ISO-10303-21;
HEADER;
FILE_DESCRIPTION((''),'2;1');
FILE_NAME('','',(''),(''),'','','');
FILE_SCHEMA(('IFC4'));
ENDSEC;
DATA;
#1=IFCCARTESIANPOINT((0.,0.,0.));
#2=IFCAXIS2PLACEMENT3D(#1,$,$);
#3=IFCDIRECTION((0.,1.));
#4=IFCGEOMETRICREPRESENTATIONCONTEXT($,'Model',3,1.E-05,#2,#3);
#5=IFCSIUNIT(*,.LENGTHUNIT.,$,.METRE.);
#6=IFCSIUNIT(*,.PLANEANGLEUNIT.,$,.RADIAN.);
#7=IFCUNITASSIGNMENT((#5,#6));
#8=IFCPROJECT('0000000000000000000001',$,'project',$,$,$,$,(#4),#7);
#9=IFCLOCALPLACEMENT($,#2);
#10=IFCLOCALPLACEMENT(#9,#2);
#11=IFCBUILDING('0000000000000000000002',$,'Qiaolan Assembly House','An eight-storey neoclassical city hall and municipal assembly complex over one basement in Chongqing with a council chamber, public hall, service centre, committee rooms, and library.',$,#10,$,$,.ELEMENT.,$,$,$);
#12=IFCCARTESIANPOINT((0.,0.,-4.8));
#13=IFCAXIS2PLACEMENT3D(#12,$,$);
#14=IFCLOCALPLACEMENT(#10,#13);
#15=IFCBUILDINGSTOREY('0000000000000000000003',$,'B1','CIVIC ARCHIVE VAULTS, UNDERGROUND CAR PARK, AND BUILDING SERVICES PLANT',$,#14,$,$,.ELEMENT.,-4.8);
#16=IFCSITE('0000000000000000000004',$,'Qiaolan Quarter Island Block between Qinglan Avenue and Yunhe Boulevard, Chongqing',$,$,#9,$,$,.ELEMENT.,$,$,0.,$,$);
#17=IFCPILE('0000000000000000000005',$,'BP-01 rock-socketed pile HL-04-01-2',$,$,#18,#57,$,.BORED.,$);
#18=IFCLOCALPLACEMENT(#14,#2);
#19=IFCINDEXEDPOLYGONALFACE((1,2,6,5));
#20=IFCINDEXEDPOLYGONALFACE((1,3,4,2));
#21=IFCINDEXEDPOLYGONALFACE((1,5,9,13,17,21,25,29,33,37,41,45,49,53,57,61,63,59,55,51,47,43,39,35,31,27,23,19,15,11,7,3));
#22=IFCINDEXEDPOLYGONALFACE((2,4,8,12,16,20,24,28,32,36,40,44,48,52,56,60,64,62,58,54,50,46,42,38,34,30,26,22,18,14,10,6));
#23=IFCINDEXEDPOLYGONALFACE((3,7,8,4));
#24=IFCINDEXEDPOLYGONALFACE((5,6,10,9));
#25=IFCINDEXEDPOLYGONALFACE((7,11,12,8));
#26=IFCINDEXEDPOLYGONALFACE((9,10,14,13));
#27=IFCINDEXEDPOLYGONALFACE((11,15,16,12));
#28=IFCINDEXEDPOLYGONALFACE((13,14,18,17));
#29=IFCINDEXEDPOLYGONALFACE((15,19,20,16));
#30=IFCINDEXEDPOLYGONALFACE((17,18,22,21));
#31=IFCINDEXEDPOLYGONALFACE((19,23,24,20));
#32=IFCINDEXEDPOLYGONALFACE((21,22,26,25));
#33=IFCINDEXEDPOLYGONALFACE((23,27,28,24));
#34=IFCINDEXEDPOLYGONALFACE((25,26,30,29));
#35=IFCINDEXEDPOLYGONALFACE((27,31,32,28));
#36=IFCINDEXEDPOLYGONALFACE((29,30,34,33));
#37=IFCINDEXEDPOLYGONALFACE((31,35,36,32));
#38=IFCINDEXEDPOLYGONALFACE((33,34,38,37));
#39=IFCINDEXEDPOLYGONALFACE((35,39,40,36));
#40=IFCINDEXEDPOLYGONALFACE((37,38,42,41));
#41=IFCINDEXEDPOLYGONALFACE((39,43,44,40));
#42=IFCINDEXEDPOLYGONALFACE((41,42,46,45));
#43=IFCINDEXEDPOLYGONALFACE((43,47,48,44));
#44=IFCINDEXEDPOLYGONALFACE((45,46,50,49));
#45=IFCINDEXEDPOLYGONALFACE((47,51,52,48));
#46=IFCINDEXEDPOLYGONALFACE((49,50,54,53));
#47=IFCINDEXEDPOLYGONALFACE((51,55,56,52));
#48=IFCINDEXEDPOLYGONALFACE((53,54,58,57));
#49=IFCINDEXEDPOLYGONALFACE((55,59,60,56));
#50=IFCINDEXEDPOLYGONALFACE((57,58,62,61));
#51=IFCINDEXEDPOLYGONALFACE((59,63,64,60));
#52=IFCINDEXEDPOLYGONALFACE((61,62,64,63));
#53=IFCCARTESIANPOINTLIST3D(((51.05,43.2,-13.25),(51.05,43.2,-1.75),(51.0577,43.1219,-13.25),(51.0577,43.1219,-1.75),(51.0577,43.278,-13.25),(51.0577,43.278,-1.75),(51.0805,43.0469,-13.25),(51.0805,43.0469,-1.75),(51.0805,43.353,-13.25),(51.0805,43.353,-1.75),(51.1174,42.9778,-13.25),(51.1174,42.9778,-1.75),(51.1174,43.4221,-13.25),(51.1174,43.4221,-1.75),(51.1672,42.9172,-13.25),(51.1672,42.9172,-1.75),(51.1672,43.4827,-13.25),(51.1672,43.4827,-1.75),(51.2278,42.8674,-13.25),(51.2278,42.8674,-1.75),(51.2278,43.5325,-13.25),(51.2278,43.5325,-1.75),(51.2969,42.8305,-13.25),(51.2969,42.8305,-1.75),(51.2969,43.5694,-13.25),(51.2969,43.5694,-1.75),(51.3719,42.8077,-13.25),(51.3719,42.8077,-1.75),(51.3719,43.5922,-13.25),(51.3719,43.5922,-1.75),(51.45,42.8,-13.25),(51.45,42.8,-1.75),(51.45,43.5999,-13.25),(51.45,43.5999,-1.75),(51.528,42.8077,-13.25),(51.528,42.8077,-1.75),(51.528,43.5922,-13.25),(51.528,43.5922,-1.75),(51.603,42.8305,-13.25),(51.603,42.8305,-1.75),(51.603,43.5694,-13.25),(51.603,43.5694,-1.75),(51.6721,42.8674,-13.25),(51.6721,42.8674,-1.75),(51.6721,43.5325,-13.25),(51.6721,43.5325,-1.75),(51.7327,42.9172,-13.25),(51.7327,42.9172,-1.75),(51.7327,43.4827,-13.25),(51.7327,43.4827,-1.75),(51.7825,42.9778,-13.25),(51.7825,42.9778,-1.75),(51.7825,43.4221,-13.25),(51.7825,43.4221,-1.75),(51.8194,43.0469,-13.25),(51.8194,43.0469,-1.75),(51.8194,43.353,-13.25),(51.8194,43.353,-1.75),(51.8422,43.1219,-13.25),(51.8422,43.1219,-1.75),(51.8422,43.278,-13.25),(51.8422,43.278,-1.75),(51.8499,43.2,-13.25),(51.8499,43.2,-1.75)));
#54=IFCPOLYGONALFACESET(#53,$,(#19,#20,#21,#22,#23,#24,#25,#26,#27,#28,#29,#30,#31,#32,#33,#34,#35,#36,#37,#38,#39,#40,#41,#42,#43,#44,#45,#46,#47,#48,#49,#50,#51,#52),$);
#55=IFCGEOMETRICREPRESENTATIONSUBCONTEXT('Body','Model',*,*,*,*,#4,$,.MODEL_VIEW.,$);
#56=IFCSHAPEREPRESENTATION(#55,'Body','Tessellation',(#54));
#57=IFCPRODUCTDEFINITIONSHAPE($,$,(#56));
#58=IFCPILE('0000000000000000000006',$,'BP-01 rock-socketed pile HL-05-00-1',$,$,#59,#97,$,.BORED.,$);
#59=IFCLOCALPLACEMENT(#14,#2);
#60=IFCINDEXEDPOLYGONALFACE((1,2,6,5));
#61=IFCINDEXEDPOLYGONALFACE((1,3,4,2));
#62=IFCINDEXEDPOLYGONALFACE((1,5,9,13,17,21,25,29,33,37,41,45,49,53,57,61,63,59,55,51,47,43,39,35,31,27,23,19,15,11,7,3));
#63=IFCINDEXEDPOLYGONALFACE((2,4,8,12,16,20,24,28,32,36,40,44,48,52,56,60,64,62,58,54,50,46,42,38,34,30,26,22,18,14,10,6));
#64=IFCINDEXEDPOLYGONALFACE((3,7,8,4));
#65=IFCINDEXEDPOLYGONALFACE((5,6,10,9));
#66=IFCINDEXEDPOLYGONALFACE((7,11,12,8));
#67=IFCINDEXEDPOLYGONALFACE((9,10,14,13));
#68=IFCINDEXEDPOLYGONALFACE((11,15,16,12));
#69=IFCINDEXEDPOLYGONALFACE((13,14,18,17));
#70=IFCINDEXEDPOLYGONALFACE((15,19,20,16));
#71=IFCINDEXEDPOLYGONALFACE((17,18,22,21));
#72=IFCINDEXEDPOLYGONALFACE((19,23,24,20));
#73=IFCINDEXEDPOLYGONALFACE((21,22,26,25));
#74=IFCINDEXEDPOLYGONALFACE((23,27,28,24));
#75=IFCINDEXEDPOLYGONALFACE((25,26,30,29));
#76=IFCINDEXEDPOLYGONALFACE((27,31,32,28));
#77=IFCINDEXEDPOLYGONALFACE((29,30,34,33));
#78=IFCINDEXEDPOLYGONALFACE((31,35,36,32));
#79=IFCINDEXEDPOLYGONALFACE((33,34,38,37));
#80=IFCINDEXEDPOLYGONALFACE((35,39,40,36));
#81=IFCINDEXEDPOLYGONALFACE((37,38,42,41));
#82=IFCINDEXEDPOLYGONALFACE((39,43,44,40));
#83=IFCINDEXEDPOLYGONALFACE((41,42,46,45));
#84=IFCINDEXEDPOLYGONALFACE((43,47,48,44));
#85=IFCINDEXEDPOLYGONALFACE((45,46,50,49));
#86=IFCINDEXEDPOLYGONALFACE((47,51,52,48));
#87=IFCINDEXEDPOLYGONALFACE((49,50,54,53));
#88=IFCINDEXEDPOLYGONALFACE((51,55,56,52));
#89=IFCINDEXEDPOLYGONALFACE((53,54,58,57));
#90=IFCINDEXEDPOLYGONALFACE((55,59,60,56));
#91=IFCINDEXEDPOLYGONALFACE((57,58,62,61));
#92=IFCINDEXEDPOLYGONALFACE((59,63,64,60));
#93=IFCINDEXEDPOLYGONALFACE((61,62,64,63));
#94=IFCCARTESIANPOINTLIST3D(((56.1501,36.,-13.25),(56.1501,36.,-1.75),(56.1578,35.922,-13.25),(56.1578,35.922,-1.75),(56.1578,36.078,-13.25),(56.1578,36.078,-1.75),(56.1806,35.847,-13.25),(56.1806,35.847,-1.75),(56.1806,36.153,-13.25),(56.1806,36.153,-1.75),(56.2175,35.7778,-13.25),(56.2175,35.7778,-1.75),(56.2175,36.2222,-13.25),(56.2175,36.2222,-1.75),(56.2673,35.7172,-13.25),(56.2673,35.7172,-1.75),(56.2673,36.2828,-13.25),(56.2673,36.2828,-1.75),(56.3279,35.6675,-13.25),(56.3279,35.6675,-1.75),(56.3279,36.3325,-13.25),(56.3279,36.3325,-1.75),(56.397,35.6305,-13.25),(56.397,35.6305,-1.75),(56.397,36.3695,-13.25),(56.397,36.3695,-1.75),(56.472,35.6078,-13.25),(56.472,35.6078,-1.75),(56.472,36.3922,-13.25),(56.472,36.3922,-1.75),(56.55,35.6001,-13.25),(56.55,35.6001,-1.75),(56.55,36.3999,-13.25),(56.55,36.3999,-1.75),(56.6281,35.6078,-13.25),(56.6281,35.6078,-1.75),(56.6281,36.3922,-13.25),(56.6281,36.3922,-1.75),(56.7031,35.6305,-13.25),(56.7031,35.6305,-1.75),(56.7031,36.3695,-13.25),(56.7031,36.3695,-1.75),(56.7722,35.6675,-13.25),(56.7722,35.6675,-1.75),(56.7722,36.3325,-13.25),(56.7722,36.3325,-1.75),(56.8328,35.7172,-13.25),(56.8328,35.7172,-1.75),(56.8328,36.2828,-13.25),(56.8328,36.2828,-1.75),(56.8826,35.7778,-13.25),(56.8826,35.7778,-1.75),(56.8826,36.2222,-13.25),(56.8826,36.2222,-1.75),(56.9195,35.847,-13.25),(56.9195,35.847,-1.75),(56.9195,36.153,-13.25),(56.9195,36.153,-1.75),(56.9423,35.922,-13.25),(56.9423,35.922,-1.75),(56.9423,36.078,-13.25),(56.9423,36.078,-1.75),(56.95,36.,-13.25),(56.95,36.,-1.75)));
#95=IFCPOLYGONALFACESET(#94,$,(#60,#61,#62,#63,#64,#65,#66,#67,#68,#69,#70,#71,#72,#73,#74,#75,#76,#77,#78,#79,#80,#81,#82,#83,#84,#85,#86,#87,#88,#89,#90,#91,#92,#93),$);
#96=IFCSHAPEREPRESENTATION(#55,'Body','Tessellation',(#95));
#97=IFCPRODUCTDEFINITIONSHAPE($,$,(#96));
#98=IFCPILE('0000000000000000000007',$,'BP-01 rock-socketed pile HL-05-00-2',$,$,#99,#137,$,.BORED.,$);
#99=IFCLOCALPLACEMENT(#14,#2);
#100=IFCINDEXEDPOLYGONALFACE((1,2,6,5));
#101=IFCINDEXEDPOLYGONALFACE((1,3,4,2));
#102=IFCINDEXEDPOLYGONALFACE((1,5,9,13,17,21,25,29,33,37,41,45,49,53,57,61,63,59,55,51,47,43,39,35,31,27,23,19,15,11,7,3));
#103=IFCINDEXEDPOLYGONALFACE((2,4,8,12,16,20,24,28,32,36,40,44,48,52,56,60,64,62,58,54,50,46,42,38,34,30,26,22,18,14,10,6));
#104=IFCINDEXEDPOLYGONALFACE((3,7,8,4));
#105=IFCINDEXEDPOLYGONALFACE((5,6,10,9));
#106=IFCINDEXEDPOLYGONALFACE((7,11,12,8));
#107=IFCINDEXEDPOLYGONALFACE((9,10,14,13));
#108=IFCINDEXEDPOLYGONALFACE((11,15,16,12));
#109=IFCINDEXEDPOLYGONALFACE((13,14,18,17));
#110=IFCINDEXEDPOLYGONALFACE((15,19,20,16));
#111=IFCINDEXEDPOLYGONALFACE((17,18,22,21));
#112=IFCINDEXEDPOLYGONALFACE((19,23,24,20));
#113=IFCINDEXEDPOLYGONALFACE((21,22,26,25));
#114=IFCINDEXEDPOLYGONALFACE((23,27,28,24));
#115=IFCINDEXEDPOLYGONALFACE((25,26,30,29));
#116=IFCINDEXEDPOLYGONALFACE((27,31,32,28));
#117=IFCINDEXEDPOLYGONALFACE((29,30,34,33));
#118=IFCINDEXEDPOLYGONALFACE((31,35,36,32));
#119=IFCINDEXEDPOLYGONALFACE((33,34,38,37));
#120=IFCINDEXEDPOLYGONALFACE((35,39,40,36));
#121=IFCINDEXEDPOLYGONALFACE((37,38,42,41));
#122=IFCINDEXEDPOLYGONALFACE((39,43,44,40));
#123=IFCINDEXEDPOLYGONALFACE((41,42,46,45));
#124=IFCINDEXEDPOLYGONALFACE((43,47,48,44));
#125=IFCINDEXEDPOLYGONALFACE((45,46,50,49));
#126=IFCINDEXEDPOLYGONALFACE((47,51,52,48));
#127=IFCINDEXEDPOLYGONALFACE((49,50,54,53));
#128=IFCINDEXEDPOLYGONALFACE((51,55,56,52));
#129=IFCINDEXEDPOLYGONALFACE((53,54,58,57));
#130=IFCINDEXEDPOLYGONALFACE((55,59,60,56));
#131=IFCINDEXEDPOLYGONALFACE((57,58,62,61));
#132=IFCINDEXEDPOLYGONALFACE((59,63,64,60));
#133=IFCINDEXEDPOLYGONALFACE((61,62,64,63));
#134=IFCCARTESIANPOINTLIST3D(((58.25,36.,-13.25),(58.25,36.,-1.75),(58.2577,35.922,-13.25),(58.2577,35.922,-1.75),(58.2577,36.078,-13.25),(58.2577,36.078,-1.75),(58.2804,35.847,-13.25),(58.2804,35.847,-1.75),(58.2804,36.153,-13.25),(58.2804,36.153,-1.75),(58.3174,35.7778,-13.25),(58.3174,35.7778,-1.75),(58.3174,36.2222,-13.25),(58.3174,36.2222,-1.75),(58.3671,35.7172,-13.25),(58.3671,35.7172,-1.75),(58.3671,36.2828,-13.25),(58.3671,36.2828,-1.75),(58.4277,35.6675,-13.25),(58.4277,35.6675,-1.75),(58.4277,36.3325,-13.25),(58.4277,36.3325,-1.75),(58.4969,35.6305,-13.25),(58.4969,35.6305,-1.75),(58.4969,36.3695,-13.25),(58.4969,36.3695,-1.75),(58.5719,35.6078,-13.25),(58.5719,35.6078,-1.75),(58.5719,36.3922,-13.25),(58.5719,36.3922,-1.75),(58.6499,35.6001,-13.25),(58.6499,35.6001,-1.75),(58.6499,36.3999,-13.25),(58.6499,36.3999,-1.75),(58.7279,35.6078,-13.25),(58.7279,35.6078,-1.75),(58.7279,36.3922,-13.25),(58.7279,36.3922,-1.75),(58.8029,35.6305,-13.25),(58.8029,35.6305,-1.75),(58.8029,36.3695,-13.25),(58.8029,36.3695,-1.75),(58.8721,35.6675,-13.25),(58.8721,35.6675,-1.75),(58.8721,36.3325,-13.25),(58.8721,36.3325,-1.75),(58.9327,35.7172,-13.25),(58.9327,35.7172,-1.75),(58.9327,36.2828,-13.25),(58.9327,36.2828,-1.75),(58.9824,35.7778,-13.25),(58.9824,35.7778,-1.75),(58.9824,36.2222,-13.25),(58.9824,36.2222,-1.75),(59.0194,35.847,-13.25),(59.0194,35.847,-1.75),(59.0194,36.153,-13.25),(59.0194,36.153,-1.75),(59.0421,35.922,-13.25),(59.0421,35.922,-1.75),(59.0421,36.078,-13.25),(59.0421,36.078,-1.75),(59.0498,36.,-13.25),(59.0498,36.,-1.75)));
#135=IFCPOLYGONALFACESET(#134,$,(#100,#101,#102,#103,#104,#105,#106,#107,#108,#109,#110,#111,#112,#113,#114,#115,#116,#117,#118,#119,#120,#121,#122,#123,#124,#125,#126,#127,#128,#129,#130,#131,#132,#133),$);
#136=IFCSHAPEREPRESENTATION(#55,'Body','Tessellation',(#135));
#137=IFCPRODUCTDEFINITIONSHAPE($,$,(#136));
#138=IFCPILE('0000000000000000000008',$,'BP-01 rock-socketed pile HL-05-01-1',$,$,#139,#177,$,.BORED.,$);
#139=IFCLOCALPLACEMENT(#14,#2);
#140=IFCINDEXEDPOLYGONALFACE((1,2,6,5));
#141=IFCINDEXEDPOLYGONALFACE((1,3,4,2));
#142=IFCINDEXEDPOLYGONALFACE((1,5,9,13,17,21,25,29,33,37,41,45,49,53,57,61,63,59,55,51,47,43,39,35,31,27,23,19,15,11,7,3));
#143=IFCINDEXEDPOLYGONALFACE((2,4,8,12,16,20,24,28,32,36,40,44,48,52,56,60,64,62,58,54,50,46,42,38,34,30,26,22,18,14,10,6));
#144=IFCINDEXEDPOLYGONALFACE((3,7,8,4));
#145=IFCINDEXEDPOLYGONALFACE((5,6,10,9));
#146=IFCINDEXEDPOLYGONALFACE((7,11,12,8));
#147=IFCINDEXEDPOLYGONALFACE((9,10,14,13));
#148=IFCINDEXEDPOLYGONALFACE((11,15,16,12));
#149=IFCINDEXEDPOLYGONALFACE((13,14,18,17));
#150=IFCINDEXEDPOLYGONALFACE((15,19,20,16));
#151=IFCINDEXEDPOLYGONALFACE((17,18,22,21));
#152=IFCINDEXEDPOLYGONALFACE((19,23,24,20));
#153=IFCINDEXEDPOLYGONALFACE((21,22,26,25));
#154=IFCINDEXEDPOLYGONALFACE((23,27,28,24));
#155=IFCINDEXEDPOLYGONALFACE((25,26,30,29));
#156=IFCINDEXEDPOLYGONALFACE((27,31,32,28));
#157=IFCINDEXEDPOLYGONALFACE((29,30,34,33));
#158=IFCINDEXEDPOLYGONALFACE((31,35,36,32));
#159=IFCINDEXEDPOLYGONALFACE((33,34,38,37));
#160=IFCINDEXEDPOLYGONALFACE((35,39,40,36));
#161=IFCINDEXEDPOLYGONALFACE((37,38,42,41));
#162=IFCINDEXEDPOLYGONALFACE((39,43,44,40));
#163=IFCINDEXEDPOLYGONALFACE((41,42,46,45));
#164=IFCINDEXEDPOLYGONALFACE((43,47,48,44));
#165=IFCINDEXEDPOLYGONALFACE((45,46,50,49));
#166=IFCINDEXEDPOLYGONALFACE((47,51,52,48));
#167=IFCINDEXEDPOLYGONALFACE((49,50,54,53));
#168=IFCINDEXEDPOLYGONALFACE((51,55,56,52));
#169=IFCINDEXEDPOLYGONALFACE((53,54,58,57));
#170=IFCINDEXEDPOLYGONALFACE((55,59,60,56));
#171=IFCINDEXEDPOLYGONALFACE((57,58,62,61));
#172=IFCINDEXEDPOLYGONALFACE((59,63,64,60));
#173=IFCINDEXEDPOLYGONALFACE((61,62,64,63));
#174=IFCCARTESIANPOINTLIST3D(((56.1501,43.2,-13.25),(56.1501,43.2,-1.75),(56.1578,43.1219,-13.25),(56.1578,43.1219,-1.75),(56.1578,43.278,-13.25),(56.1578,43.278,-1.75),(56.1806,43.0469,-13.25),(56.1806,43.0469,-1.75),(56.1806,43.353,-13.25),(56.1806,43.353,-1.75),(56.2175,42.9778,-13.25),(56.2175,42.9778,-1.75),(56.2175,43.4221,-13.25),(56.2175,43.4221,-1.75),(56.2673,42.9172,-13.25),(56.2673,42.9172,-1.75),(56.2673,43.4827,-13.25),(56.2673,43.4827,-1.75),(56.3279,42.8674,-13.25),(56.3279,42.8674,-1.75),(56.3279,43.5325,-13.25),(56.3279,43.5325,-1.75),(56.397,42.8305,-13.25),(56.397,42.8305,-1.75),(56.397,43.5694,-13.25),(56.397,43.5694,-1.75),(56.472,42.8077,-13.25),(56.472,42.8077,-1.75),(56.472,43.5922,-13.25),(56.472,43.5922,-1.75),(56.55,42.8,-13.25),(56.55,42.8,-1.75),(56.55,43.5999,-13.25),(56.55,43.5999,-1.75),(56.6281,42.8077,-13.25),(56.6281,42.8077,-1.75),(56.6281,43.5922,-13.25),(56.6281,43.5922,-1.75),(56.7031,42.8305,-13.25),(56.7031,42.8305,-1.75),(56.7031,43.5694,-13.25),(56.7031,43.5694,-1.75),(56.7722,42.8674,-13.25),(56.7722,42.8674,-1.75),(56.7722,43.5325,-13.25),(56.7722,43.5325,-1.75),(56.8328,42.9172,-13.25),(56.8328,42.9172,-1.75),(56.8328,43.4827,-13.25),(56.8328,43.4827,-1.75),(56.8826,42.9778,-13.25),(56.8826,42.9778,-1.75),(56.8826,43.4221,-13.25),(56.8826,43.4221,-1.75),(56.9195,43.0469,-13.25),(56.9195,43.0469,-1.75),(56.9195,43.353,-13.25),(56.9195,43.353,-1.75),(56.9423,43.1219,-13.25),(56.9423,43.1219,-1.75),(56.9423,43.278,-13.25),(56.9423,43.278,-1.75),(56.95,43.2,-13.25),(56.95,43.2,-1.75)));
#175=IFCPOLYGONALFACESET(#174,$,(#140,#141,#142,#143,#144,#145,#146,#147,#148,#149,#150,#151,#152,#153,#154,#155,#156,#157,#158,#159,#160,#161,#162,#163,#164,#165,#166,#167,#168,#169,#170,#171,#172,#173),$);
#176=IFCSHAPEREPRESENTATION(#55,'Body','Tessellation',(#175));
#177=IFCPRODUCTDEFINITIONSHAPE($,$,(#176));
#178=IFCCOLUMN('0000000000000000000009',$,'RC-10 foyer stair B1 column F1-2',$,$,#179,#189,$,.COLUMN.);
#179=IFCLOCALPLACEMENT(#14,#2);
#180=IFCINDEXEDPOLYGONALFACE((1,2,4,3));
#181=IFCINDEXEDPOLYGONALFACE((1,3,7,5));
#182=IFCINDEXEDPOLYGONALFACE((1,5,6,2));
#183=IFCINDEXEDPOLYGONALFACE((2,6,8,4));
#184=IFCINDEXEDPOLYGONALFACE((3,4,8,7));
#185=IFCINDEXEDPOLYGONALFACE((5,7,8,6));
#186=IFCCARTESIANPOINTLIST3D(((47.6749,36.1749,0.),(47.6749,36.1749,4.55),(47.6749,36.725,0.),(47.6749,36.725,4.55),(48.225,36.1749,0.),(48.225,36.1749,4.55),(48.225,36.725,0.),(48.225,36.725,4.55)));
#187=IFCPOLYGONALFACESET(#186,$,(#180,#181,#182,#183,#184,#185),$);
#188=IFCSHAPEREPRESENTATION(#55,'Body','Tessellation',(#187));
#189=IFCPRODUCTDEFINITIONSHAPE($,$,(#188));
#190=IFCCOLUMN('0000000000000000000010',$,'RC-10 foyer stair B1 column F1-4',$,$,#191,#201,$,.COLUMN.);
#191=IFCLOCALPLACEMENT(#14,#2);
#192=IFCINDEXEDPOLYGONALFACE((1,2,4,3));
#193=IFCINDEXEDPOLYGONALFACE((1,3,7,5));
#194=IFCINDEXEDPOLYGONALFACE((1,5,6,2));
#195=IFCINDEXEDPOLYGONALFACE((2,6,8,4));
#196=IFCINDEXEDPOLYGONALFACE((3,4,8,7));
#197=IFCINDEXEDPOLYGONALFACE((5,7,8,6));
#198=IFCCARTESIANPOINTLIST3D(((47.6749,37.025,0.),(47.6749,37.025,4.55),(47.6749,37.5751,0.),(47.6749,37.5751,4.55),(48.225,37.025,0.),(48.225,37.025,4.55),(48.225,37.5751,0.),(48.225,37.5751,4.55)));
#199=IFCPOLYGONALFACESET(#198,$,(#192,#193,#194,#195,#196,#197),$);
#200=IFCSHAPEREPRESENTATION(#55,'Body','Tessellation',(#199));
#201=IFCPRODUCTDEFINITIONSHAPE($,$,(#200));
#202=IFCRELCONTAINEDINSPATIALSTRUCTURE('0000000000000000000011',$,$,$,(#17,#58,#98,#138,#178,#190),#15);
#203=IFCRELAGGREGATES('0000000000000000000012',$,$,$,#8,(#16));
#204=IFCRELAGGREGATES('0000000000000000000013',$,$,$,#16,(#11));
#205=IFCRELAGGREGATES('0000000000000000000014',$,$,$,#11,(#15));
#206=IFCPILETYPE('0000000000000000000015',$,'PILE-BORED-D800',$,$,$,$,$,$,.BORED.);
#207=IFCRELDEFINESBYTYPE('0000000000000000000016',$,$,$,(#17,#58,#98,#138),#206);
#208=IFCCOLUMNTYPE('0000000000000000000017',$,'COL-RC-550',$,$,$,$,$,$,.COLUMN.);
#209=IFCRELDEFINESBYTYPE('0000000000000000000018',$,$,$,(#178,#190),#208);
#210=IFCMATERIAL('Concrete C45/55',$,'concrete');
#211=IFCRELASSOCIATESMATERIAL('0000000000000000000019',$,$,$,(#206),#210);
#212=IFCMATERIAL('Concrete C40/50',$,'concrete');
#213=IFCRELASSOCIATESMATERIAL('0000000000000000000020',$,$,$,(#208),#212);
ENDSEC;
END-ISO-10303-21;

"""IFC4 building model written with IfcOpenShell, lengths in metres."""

from ifc_helpers import new_model, si_unit, direction, frame, origin, origin_2d, place, context, subcontext, project, spatial, rectangle, circle, extrude, material, material_profile, profile_set, type_object, element, save


model = new_model("IFC4")

# Units and contexts
model_context = context("Model", 3, precision=1e-05, world=origin(), true_north=direction((0.0, 1.0)))
body_context = subcontext(model_context, "Body", "Model", "MODEL_VIEW")
ifc_project = project(units=[si_unit("LENGTHUNIT", "METRE"), si_unit("PLANEANGLEUNIT", "RADIAN")], contexts=[model_context])

# Site, building, storey
site_placement = place(None, origin())
site = spatial("IfcSite", under=ifc_project, at=site_placement, Name="Qiaolan Quarter Island Block between Qinglan Avenue and Yunhe Boulevard, Chongqing", CompositionType="ELEMENT", RefElevation=0.0)
building_placement = place(site_placement, origin())
building = spatial("IfcBuilding", under=site, at=building_placement, Name="Qiaolan Assembly House", Description="An eight-storey neoclassical city hall and municipal assembly complex over one basement in Chongqing with a council chamber, public hall, service centre, committee rooms, and library.", CompositionType="ELEMENT")
storey_placement = place(building_placement, frame((0.0, 0.0, -4.8)))
storey = spatial("IfcBuildingStorey", under=building, at=storey_placement, Name="B1", Description="CIVIC ARCHIVE VAULTS, UNDERGROUND CAR PARK, AND BUILDING SERVICES PLANT", CompositionType="ELEMENT", Elevation=-4.8)

# Shared definitions
ifc_material_1 = material(Name="Concrete C40/50", Category="concrete")

# Piles
ifc_material_2 = material(Name="Concrete C45/55", Category="concrete")
ifc_material_profile_1 = material_profile(ifc_material_2, circle(Radius=0.3999, at=origin_2d()), Name="PILE D800")
ifc_profile_set_1 = profile_set([ifc_material_profile_1], Name="Concrete C45/55")
pile_type = type_object("IfcPileType", Name="PILE-BORED-D800", PredefinedType="BORED", material=ifc_profile_set_1)
for number, where, z_axis, x_axis, name in (
    (1, (51.45, 43.2, -1.75), (0.0, 0.0, -1.0), (1.0, 0.0, 0.0), "BP-01 rock-socketed pile HL-04-01-2"),
    (2, (56.55, 36.0, -1.75), (0.0, 0.0, -1.0), (1.0, 0.0, 0.0), "BP-01 rock-socketed pile HL-05-00-1"),
    (3, (58.6499, 36.0, -1.75), (0.0, 0.0, -1.0), (1.0, 0.0, 0.0), "BP-01 rock-socketed pile HL-05-00-2"),
    (4, (56.55, 43.2, -1.75), (0.0, 0.0, -1.0), (1.0, 0.0, 0.0), "BP-01 rock-socketed pile HL-05-01-1"),
):
    element("IfcPile", number, at=place(storey_placement, frame(where, z_axis=z_axis, x_axis=x_axis)), inside=storey, type_object=pile_type, Name=name, PredefinedType="BORED", context=body_context, shape_type="SweptSolid", body=[
        extrude(circle(Radius=0.3999, at=origin_2d()), origin(), (0.0, 0.0, 1.0), 11.5),
    ])

# Columns
ifc_material_profile_2 = material_profile(ifc_material_1, rectangle(XDim=0.55, YDim=0.55, at=origin_2d()), Name="RC 550x550")
ifc_profile_set_2 = profile_set([ifc_material_profile_2], Name="Concrete C40/50")
column_type_1 = type_object("IfcColumnType", Name="COL-RC-550", PredefinedType="COLUMN", material=ifc_profile_set_2)
for number, where, z_axis, x_axis, name in (
    (5, (47.95, 36.45, 0.0), (0.0, 0.0, 1.0), (1.0, 0.0, 0.0), "RC-10 foyer stair B1 column F1-2"),
    (6, (47.95, 37.3, 0.0), (0.0, 0.0, 1.0), (1.0, 0.0, 0.0), "RC-10 foyer stair B1 column F1-4"),
):
    element("IfcColumn", number, at=place(storey_placement, frame(where, z_axis=z_axis, x_axis=x_axis)), inside=storey, type_object=column_type_1, Name=name, PredefinedType="COLUMN", context=body_context, shape_type="SweptSolid", body=[
        extrude(rectangle(XDim=0.55, YDim=0.55, at=origin_2d()), origin(), (0.0, 0.0, 1.0), 4.55),
    ])

save(model, "model.ifc")
